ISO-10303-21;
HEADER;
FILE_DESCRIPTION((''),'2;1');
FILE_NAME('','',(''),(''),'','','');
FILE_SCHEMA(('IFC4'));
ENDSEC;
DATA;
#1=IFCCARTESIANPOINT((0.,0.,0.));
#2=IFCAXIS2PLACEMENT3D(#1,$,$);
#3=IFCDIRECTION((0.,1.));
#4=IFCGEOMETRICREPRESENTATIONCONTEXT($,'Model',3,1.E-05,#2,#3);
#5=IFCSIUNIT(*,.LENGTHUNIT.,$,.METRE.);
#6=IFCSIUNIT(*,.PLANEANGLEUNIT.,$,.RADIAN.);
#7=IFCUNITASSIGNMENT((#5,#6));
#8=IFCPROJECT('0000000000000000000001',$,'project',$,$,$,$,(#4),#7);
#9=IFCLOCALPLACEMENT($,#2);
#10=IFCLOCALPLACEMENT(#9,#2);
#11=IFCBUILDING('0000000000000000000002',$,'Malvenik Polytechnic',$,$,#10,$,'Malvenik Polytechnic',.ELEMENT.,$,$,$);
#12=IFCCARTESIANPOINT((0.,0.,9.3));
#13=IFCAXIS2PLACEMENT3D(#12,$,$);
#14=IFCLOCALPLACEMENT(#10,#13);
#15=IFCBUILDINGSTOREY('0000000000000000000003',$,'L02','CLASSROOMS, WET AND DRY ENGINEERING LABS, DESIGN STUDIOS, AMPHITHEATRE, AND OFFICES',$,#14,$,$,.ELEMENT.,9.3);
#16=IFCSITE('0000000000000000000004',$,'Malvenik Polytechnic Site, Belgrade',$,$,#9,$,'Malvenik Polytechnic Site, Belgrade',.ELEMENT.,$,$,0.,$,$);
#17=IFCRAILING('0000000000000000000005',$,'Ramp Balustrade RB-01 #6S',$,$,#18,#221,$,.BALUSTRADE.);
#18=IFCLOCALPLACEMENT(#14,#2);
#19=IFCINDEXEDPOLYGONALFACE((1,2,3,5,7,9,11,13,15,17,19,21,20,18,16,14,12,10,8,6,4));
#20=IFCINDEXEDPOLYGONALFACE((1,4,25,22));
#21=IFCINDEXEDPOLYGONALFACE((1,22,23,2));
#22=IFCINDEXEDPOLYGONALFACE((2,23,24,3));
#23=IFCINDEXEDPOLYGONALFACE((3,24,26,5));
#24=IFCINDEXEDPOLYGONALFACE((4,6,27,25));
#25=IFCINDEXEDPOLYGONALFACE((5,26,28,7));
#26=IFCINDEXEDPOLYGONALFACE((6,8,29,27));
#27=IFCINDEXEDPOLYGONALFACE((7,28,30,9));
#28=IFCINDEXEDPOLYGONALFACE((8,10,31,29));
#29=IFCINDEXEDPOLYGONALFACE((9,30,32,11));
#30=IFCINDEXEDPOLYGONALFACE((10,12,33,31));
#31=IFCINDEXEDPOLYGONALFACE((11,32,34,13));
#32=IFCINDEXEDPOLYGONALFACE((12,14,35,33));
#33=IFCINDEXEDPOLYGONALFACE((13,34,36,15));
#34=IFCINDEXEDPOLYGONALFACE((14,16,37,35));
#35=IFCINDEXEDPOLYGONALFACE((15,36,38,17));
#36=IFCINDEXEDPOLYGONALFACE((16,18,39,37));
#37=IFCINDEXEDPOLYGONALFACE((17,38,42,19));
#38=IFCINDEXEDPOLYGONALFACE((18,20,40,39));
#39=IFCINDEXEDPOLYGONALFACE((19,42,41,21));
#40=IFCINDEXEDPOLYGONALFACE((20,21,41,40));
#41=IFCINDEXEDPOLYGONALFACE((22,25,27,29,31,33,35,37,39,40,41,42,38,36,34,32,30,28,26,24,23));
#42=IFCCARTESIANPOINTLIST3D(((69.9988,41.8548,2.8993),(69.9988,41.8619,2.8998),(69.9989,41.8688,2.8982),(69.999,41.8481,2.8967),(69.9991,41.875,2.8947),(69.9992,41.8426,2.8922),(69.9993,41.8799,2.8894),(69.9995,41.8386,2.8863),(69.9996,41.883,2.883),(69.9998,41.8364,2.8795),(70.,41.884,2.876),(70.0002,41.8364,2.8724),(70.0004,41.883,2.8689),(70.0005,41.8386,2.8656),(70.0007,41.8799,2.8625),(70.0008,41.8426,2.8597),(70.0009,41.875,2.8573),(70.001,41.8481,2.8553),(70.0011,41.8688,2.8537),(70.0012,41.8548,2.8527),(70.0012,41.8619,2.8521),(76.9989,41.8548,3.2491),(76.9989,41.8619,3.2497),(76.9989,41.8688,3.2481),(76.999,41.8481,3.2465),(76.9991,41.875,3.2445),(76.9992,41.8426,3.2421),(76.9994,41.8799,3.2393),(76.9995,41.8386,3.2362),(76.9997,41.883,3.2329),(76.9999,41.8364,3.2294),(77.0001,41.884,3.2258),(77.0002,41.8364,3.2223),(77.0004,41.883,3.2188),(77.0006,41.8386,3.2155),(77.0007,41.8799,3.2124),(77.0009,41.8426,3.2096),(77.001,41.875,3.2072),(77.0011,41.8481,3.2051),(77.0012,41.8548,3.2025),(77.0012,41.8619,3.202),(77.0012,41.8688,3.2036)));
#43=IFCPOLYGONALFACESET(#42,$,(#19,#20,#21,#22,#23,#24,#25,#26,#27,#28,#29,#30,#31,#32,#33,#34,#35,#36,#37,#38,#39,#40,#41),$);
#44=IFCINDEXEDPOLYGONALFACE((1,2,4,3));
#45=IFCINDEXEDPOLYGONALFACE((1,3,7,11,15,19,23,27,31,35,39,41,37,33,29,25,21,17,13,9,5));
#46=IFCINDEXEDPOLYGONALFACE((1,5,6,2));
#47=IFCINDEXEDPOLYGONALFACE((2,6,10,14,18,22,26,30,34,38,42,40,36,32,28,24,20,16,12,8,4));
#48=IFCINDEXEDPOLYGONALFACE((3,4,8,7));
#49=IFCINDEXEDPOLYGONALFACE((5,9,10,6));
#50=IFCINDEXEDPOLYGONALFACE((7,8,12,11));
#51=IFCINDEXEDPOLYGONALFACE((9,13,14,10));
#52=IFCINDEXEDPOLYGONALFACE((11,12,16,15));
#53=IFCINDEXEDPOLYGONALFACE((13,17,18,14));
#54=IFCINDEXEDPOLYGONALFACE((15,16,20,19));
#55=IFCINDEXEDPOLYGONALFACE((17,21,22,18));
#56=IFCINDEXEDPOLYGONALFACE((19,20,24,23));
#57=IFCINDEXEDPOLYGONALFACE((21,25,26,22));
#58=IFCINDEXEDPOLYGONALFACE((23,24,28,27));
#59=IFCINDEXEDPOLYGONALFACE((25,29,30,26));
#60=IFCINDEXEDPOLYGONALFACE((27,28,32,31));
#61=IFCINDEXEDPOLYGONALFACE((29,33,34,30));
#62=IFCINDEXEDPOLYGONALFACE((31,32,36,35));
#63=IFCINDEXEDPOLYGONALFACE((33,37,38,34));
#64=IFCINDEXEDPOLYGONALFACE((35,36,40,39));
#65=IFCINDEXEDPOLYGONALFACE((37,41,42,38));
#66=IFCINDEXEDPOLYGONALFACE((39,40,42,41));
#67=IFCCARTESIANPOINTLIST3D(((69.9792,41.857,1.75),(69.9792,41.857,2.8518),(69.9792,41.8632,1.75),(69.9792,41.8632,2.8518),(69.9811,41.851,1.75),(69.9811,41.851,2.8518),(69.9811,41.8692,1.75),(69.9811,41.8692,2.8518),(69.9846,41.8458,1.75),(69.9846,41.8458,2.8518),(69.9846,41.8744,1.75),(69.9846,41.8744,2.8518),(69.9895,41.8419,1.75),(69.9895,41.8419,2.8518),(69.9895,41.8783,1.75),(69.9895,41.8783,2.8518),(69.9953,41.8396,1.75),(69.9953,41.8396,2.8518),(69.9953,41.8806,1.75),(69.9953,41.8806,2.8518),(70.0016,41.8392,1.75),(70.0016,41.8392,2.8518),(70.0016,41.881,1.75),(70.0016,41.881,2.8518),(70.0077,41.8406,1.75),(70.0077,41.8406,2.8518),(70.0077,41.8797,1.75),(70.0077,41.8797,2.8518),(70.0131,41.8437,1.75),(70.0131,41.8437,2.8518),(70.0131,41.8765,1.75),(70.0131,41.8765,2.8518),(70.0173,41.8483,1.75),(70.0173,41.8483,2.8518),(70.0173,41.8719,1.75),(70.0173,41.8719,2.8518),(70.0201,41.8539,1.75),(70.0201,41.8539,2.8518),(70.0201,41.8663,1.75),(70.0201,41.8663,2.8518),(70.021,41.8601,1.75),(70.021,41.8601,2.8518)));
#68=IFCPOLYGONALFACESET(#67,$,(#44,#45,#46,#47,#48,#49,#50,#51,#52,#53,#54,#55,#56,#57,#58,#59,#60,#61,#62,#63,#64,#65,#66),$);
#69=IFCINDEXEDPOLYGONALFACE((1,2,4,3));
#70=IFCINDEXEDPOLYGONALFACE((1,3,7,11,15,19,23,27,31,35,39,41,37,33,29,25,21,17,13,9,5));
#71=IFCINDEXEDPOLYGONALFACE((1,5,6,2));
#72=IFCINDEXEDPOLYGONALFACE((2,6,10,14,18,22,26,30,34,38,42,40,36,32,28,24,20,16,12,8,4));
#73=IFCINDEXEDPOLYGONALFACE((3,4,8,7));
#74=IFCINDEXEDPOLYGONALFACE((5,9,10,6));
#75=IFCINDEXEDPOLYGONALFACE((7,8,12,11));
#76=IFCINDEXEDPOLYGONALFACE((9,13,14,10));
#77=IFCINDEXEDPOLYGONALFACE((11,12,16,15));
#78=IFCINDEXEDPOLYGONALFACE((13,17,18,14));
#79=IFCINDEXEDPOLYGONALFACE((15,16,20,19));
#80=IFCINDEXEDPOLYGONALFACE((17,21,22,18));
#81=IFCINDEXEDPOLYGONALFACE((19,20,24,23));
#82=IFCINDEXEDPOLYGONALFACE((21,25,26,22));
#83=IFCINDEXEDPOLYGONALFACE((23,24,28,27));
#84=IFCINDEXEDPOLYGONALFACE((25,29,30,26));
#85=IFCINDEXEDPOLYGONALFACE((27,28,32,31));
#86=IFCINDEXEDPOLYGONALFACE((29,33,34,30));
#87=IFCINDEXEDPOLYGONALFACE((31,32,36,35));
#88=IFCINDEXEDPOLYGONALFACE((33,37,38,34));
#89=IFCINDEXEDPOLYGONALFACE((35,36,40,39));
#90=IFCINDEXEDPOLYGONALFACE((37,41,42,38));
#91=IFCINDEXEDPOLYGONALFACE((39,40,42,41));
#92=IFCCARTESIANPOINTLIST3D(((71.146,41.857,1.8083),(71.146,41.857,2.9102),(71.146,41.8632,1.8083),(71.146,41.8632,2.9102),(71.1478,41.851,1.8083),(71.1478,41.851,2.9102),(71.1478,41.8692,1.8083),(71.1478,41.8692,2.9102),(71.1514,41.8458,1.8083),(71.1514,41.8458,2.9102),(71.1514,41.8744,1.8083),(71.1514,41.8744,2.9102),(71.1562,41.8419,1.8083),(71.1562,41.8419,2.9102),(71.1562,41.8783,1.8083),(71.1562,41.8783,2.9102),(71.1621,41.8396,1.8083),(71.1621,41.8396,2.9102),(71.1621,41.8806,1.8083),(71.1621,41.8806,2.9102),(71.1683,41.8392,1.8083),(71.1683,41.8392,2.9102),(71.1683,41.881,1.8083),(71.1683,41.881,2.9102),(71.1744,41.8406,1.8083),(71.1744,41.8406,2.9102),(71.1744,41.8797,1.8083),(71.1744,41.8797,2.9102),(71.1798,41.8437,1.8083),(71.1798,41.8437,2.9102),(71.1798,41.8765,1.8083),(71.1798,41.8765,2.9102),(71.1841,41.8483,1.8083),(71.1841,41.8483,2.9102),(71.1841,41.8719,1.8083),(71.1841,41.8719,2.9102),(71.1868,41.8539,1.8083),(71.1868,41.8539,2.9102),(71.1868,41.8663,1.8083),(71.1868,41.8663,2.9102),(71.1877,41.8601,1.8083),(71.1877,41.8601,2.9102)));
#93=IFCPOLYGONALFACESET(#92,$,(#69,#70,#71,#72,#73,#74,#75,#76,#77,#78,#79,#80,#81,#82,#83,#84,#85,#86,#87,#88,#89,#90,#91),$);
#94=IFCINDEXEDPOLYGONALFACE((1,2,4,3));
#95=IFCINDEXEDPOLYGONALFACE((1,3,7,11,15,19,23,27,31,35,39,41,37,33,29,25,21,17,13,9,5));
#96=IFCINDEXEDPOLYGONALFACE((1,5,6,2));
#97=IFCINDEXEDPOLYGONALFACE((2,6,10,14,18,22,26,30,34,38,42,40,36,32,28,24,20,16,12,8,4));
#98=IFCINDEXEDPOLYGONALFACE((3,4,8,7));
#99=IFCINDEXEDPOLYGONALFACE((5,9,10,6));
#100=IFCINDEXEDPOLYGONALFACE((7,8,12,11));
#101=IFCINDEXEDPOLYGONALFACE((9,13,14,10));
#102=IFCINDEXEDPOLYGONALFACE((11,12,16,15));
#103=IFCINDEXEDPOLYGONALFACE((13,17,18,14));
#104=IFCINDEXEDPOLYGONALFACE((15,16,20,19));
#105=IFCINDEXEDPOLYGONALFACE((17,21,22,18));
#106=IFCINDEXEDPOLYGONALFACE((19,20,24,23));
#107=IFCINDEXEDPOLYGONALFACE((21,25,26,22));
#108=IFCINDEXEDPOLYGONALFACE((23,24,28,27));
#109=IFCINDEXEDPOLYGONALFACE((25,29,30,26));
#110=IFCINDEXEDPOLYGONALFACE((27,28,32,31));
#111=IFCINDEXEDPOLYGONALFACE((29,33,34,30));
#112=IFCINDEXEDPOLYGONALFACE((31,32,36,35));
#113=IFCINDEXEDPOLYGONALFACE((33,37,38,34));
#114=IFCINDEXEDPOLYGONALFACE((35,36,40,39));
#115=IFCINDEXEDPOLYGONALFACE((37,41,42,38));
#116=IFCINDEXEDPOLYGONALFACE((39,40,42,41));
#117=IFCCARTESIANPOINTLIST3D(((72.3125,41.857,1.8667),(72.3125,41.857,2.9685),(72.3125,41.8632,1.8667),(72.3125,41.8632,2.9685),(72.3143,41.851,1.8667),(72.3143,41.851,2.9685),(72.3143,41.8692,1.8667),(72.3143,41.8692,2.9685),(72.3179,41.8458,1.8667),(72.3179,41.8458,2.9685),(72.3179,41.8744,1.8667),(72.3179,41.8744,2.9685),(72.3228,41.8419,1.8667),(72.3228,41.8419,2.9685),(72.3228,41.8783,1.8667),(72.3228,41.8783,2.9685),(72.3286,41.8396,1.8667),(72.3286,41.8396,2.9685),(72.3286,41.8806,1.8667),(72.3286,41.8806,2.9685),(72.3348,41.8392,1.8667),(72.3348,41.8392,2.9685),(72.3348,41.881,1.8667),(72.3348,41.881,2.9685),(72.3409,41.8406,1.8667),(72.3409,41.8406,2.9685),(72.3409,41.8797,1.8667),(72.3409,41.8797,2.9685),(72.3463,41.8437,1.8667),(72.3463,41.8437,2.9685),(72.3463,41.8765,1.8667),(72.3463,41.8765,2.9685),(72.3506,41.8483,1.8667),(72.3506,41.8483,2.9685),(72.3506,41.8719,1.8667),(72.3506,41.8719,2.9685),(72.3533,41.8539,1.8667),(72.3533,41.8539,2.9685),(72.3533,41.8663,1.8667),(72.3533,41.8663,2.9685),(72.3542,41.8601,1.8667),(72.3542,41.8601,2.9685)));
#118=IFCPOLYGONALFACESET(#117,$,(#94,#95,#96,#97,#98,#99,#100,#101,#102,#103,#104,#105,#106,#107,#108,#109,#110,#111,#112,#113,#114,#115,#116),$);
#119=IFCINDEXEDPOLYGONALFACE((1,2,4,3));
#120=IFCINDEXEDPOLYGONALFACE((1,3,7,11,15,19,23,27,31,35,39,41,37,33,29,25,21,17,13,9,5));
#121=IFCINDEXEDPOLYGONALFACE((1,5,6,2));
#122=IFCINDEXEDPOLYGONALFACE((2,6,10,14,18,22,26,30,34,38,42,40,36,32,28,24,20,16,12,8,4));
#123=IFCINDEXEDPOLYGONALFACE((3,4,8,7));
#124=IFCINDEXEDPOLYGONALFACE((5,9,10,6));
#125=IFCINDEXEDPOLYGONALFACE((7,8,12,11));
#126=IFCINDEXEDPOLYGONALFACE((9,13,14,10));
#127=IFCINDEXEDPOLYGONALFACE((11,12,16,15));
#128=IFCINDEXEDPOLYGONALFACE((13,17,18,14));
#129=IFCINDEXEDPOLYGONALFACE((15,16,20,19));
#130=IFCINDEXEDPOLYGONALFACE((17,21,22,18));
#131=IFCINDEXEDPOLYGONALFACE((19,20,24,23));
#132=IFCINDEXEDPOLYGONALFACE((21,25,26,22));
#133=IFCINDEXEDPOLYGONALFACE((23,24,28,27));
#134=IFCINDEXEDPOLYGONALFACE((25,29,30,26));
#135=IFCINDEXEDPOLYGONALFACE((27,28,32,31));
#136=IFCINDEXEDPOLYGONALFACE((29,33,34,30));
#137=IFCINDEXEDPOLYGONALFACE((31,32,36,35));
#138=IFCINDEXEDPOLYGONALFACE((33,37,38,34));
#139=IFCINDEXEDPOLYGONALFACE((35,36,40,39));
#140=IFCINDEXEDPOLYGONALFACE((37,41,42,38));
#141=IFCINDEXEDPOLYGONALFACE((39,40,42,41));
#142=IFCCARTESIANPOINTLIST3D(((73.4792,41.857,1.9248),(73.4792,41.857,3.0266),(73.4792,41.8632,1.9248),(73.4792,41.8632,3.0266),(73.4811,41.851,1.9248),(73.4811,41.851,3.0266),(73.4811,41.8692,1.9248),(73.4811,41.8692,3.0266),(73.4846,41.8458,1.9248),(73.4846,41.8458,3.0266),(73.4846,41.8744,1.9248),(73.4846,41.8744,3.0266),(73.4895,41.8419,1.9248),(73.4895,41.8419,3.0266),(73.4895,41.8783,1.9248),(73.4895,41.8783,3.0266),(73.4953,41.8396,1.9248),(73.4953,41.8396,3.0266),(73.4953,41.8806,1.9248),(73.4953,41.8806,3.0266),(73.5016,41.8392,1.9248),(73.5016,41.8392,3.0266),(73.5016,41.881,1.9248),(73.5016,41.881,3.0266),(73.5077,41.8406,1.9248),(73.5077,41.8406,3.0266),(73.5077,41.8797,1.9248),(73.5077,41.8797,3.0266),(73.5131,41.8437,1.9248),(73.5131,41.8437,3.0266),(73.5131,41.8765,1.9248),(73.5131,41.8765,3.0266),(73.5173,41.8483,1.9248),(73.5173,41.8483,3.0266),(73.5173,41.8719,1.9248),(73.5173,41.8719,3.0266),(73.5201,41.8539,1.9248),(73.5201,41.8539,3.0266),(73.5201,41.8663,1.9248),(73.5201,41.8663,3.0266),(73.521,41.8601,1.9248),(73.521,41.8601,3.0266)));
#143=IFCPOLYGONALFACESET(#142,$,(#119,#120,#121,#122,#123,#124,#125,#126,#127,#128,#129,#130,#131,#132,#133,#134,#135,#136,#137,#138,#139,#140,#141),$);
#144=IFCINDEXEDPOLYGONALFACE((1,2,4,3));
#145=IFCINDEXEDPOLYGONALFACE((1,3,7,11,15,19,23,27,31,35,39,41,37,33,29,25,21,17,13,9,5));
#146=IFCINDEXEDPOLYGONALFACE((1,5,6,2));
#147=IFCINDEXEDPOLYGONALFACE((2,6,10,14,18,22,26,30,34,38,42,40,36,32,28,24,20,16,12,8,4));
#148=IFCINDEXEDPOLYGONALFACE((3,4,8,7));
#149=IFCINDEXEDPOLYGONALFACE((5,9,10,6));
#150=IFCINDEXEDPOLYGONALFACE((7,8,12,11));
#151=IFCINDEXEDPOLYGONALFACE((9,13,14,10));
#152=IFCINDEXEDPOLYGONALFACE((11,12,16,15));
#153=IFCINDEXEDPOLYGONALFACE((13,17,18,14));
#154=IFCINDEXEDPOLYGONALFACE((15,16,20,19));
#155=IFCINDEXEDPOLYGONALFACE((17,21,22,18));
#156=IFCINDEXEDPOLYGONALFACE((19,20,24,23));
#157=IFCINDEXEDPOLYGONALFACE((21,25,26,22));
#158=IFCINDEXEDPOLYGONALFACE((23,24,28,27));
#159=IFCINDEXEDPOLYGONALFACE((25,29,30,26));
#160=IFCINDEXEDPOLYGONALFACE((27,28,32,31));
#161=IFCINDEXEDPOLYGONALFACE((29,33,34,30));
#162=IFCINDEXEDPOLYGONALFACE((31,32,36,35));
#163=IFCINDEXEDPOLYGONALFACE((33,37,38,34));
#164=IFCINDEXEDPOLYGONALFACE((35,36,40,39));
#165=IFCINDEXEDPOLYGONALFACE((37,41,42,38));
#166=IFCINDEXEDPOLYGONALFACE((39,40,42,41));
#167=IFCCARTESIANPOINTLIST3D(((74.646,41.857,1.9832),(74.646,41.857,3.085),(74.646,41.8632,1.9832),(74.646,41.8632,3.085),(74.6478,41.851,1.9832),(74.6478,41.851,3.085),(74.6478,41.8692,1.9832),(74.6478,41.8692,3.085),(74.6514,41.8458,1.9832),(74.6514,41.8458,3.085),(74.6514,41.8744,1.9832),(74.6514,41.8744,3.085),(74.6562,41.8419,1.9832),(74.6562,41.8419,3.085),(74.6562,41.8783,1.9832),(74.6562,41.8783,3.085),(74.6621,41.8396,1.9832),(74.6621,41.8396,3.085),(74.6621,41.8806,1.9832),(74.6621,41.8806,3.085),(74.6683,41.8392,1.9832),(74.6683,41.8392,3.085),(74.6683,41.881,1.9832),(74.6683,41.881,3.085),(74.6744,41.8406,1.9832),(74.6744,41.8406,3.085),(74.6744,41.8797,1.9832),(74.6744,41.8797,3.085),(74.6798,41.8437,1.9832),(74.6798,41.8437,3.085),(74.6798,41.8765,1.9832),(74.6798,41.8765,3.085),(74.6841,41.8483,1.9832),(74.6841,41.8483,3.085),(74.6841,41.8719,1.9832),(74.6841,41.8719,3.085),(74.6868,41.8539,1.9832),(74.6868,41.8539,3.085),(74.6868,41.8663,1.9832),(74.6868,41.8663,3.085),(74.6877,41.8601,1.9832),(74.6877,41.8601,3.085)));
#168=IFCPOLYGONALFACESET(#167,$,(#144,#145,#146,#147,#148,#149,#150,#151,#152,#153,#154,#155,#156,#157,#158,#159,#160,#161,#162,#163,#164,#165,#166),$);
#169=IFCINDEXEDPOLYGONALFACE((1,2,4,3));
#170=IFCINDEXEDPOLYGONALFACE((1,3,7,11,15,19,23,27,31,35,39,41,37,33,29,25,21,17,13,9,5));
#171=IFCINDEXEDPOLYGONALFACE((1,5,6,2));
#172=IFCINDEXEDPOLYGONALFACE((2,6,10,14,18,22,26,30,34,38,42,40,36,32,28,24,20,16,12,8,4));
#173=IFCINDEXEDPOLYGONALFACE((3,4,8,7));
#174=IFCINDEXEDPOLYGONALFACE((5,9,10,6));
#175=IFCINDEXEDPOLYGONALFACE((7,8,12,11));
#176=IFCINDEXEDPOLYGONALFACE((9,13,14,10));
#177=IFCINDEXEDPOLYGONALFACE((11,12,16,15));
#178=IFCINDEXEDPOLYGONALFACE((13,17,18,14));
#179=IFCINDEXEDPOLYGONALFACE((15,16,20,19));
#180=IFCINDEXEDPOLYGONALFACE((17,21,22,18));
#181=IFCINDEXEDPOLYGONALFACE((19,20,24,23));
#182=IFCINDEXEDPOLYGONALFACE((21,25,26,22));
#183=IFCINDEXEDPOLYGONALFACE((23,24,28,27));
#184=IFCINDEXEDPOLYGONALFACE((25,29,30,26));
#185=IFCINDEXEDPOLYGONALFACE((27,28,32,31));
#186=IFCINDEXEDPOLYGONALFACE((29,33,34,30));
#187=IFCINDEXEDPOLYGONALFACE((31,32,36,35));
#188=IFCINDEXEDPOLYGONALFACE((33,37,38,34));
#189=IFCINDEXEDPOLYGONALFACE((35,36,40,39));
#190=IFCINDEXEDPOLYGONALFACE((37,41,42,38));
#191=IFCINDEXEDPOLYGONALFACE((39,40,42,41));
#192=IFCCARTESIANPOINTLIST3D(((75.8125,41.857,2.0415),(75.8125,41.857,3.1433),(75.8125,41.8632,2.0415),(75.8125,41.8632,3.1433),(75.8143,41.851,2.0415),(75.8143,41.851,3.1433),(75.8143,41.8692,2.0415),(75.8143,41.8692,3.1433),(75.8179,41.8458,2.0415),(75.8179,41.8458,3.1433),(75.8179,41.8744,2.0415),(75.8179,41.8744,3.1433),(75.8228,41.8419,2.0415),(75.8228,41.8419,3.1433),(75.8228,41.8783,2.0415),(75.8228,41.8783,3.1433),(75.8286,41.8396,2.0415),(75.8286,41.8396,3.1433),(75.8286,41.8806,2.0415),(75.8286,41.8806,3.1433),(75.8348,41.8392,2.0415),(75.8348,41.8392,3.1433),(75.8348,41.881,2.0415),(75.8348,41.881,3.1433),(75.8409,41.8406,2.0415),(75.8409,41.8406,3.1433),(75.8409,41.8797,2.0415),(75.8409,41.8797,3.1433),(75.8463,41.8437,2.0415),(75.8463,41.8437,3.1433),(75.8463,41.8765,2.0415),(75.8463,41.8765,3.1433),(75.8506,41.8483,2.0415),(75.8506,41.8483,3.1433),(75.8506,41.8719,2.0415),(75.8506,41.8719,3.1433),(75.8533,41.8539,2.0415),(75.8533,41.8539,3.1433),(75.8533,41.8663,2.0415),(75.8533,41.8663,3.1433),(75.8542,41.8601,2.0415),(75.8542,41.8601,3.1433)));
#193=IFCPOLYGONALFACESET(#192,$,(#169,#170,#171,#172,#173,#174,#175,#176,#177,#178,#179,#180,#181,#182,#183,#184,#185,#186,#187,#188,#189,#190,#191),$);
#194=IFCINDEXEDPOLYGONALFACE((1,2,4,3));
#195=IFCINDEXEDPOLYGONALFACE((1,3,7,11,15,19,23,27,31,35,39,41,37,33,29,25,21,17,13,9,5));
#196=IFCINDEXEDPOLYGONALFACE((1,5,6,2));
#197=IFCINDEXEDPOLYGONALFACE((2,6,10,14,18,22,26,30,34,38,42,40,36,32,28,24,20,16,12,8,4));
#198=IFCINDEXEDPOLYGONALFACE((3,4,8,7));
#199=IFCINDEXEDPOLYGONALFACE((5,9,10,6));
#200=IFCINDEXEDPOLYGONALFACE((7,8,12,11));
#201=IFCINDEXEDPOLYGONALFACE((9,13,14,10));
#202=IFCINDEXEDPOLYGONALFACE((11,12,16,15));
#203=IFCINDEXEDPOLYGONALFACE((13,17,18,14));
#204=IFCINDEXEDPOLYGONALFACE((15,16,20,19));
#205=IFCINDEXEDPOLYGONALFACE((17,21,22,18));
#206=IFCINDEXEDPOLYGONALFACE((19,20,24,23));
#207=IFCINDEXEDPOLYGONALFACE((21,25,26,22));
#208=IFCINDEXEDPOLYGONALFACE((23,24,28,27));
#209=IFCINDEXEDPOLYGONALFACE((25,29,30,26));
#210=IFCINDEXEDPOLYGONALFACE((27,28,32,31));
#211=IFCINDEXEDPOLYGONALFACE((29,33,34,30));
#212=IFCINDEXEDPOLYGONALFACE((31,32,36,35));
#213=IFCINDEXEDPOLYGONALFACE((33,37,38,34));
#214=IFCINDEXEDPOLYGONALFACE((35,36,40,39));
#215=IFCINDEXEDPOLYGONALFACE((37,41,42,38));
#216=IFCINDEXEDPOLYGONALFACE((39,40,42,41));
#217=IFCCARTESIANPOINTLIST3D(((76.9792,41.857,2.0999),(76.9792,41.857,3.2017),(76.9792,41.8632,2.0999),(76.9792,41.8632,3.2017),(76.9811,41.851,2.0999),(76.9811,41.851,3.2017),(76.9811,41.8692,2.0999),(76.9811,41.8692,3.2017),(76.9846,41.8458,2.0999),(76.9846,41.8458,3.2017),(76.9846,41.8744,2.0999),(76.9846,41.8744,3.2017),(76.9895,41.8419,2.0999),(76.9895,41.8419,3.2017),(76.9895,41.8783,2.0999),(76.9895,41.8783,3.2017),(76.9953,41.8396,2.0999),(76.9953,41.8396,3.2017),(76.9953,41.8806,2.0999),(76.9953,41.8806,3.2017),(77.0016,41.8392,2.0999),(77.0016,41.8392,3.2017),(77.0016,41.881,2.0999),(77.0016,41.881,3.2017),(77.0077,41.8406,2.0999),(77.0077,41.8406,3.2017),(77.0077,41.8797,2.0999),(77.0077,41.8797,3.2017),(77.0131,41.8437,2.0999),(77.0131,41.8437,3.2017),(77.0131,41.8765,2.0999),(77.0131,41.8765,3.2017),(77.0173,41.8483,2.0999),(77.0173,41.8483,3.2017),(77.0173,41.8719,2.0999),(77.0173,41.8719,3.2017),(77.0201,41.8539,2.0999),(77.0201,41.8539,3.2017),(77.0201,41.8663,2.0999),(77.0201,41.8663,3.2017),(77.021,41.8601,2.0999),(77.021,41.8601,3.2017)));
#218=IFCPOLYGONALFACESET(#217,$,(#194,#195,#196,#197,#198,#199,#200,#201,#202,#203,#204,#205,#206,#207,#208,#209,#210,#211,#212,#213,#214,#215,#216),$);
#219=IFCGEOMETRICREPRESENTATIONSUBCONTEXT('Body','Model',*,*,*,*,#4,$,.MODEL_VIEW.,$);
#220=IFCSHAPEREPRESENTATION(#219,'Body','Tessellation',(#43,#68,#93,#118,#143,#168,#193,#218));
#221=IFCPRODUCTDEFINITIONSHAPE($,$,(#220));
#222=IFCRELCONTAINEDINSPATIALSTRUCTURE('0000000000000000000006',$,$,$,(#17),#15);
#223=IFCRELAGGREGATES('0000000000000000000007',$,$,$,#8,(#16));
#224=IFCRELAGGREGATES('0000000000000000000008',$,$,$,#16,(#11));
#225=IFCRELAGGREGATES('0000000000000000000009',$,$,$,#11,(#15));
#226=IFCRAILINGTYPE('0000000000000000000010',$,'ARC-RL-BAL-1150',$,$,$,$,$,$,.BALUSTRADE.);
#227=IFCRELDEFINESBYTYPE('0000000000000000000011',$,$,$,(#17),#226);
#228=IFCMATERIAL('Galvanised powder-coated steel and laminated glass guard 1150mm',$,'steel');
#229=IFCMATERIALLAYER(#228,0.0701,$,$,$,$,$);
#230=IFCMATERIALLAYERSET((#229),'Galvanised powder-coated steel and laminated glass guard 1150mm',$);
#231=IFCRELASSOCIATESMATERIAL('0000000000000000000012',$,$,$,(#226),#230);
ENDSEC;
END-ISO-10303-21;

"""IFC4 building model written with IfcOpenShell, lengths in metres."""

from ifc_helpers import new_model, si_unit, direction, frame, origin, origin_2d, place, context, subcontext, project, spatial, circle, extrude, material, layer, layer_set, type_object, element, save


model = new_model("IFC4")

# Units and contexts
model_context = context("Model", 3, precision=1e-05, world=origin(), true_north=direction((0.0, 1.0)))
body_context = subcontext(model_context, "Body", "Model", "MODEL_VIEW")
ifc_project = project(units=[si_unit("LENGTHUNIT", "METRE"), si_unit("PLANEANGLEUNIT", "RADIAN")], contexts=[model_context])

# Site, building, storey
site_placement = place(None, origin())
site = spatial("IfcSite", under=ifc_project, at=site_placement, Name="Malvenik Polytechnic Site, Belgrade", LongName="Malvenik Polytechnic Site, Belgrade", CompositionType="ELEMENT", RefElevation=0.0)
building_placement = place(site_placement, origin())
building = spatial("IfcBuilding", under=site, at=building_placement, Name="Malvenik Polytechnic", LongName="Malvenik Polytechnic", CompositionType="ELEMENT")
storey_placement = place(building_placement, frame((0.0, 0.0, 9.3)))
storey = spatial("IfcBuildingStorey", under=building, at=storey_placement, Name="L02", Description="CLASSROOMS, WET AND DRY ENGINEERING LABS, DESIGN STUDIOS, AMPHITHEATRE, AND OFFICES", CompositionType="ELEMENT", Elevation=9.3)

# Railing
ifc_material_1 = material(Name="Galvanised powder-coated steel and laminated glass guard 1150mm", Category="steel")
ifc_layer_1 = layer(ifc_material_1, 0.0701)
ifc_layer_set_1 = layer_set([ifc_layer_1], Name="Galvanised powder-coated steel and laminated glass guard 1150mm")
railing_type_1 = type_object("IfcRailingType", Name="ARC-RL-BAL-1150", PredefinedType="BALUSTRADE", material=ifc_layer_set_1)
railing_1_placement = place(storey_placement, frame((70.0, 41.8601, 1.75)))
element("IfcRailing", 1, at=railing_1_placement, inside=storey, type_object=railing_type_1, Name="Ramp Balustrade RB-01 #6S", PredefinedType="BALUSTRADE", context=body_context, shape_type="SweptSolid", body=[
    extrude(circle(Radius=0.0239, at=origin_2d()), frame((0.0, 0.0, 1.126), z_axis=(0.998753, 0.0, 0.049917), x_axis=(0.0, 1.0, 0.0)), (0.0, 0.0, 1.0), 7.0088),
    extrude(circle(Radius=0.021, at=origin_2d()), origin(), (0.0, 0.0, 1.0), 1.1018),
    extrude(circle(Radius=0.021, at=origin_2d()), frame((1.1667, 0.0, 0.0583)), (0.0, 0.0, 1.0), 1.1018),
    extrude(circle(Radius=0.021, at=origin_2d()), frame((2.3333, 0.0, 0.1167)), (0.0, 0.0, 1.0), 1.1018),
    extrude(circle(Radius=0.021, at=origin_2d()), frame((3.5, 0.0, 0.1748)), (0.0, 0.0, 1.0), 1.1018),
    extrude(circle(Radius=0.021, at=origin_2d()), frame((4.6667, 0.0, 0.2332)), (0.0, 0.0, 1.0), 1.1018),
    extrude(circle(Radius=0.021, at=origin_2d()), frame((5.8333, 0.0, 0.2915)), (0.0, 0.0, 1.0), 1.1018),
    extrude(circle(Radius=0.021, at=origin_2d()), frame((7.0, 0.0, 0.3499)), (0.0, 0.0, 1.0), 1.1018),
])

save(model, "model.ifc")
